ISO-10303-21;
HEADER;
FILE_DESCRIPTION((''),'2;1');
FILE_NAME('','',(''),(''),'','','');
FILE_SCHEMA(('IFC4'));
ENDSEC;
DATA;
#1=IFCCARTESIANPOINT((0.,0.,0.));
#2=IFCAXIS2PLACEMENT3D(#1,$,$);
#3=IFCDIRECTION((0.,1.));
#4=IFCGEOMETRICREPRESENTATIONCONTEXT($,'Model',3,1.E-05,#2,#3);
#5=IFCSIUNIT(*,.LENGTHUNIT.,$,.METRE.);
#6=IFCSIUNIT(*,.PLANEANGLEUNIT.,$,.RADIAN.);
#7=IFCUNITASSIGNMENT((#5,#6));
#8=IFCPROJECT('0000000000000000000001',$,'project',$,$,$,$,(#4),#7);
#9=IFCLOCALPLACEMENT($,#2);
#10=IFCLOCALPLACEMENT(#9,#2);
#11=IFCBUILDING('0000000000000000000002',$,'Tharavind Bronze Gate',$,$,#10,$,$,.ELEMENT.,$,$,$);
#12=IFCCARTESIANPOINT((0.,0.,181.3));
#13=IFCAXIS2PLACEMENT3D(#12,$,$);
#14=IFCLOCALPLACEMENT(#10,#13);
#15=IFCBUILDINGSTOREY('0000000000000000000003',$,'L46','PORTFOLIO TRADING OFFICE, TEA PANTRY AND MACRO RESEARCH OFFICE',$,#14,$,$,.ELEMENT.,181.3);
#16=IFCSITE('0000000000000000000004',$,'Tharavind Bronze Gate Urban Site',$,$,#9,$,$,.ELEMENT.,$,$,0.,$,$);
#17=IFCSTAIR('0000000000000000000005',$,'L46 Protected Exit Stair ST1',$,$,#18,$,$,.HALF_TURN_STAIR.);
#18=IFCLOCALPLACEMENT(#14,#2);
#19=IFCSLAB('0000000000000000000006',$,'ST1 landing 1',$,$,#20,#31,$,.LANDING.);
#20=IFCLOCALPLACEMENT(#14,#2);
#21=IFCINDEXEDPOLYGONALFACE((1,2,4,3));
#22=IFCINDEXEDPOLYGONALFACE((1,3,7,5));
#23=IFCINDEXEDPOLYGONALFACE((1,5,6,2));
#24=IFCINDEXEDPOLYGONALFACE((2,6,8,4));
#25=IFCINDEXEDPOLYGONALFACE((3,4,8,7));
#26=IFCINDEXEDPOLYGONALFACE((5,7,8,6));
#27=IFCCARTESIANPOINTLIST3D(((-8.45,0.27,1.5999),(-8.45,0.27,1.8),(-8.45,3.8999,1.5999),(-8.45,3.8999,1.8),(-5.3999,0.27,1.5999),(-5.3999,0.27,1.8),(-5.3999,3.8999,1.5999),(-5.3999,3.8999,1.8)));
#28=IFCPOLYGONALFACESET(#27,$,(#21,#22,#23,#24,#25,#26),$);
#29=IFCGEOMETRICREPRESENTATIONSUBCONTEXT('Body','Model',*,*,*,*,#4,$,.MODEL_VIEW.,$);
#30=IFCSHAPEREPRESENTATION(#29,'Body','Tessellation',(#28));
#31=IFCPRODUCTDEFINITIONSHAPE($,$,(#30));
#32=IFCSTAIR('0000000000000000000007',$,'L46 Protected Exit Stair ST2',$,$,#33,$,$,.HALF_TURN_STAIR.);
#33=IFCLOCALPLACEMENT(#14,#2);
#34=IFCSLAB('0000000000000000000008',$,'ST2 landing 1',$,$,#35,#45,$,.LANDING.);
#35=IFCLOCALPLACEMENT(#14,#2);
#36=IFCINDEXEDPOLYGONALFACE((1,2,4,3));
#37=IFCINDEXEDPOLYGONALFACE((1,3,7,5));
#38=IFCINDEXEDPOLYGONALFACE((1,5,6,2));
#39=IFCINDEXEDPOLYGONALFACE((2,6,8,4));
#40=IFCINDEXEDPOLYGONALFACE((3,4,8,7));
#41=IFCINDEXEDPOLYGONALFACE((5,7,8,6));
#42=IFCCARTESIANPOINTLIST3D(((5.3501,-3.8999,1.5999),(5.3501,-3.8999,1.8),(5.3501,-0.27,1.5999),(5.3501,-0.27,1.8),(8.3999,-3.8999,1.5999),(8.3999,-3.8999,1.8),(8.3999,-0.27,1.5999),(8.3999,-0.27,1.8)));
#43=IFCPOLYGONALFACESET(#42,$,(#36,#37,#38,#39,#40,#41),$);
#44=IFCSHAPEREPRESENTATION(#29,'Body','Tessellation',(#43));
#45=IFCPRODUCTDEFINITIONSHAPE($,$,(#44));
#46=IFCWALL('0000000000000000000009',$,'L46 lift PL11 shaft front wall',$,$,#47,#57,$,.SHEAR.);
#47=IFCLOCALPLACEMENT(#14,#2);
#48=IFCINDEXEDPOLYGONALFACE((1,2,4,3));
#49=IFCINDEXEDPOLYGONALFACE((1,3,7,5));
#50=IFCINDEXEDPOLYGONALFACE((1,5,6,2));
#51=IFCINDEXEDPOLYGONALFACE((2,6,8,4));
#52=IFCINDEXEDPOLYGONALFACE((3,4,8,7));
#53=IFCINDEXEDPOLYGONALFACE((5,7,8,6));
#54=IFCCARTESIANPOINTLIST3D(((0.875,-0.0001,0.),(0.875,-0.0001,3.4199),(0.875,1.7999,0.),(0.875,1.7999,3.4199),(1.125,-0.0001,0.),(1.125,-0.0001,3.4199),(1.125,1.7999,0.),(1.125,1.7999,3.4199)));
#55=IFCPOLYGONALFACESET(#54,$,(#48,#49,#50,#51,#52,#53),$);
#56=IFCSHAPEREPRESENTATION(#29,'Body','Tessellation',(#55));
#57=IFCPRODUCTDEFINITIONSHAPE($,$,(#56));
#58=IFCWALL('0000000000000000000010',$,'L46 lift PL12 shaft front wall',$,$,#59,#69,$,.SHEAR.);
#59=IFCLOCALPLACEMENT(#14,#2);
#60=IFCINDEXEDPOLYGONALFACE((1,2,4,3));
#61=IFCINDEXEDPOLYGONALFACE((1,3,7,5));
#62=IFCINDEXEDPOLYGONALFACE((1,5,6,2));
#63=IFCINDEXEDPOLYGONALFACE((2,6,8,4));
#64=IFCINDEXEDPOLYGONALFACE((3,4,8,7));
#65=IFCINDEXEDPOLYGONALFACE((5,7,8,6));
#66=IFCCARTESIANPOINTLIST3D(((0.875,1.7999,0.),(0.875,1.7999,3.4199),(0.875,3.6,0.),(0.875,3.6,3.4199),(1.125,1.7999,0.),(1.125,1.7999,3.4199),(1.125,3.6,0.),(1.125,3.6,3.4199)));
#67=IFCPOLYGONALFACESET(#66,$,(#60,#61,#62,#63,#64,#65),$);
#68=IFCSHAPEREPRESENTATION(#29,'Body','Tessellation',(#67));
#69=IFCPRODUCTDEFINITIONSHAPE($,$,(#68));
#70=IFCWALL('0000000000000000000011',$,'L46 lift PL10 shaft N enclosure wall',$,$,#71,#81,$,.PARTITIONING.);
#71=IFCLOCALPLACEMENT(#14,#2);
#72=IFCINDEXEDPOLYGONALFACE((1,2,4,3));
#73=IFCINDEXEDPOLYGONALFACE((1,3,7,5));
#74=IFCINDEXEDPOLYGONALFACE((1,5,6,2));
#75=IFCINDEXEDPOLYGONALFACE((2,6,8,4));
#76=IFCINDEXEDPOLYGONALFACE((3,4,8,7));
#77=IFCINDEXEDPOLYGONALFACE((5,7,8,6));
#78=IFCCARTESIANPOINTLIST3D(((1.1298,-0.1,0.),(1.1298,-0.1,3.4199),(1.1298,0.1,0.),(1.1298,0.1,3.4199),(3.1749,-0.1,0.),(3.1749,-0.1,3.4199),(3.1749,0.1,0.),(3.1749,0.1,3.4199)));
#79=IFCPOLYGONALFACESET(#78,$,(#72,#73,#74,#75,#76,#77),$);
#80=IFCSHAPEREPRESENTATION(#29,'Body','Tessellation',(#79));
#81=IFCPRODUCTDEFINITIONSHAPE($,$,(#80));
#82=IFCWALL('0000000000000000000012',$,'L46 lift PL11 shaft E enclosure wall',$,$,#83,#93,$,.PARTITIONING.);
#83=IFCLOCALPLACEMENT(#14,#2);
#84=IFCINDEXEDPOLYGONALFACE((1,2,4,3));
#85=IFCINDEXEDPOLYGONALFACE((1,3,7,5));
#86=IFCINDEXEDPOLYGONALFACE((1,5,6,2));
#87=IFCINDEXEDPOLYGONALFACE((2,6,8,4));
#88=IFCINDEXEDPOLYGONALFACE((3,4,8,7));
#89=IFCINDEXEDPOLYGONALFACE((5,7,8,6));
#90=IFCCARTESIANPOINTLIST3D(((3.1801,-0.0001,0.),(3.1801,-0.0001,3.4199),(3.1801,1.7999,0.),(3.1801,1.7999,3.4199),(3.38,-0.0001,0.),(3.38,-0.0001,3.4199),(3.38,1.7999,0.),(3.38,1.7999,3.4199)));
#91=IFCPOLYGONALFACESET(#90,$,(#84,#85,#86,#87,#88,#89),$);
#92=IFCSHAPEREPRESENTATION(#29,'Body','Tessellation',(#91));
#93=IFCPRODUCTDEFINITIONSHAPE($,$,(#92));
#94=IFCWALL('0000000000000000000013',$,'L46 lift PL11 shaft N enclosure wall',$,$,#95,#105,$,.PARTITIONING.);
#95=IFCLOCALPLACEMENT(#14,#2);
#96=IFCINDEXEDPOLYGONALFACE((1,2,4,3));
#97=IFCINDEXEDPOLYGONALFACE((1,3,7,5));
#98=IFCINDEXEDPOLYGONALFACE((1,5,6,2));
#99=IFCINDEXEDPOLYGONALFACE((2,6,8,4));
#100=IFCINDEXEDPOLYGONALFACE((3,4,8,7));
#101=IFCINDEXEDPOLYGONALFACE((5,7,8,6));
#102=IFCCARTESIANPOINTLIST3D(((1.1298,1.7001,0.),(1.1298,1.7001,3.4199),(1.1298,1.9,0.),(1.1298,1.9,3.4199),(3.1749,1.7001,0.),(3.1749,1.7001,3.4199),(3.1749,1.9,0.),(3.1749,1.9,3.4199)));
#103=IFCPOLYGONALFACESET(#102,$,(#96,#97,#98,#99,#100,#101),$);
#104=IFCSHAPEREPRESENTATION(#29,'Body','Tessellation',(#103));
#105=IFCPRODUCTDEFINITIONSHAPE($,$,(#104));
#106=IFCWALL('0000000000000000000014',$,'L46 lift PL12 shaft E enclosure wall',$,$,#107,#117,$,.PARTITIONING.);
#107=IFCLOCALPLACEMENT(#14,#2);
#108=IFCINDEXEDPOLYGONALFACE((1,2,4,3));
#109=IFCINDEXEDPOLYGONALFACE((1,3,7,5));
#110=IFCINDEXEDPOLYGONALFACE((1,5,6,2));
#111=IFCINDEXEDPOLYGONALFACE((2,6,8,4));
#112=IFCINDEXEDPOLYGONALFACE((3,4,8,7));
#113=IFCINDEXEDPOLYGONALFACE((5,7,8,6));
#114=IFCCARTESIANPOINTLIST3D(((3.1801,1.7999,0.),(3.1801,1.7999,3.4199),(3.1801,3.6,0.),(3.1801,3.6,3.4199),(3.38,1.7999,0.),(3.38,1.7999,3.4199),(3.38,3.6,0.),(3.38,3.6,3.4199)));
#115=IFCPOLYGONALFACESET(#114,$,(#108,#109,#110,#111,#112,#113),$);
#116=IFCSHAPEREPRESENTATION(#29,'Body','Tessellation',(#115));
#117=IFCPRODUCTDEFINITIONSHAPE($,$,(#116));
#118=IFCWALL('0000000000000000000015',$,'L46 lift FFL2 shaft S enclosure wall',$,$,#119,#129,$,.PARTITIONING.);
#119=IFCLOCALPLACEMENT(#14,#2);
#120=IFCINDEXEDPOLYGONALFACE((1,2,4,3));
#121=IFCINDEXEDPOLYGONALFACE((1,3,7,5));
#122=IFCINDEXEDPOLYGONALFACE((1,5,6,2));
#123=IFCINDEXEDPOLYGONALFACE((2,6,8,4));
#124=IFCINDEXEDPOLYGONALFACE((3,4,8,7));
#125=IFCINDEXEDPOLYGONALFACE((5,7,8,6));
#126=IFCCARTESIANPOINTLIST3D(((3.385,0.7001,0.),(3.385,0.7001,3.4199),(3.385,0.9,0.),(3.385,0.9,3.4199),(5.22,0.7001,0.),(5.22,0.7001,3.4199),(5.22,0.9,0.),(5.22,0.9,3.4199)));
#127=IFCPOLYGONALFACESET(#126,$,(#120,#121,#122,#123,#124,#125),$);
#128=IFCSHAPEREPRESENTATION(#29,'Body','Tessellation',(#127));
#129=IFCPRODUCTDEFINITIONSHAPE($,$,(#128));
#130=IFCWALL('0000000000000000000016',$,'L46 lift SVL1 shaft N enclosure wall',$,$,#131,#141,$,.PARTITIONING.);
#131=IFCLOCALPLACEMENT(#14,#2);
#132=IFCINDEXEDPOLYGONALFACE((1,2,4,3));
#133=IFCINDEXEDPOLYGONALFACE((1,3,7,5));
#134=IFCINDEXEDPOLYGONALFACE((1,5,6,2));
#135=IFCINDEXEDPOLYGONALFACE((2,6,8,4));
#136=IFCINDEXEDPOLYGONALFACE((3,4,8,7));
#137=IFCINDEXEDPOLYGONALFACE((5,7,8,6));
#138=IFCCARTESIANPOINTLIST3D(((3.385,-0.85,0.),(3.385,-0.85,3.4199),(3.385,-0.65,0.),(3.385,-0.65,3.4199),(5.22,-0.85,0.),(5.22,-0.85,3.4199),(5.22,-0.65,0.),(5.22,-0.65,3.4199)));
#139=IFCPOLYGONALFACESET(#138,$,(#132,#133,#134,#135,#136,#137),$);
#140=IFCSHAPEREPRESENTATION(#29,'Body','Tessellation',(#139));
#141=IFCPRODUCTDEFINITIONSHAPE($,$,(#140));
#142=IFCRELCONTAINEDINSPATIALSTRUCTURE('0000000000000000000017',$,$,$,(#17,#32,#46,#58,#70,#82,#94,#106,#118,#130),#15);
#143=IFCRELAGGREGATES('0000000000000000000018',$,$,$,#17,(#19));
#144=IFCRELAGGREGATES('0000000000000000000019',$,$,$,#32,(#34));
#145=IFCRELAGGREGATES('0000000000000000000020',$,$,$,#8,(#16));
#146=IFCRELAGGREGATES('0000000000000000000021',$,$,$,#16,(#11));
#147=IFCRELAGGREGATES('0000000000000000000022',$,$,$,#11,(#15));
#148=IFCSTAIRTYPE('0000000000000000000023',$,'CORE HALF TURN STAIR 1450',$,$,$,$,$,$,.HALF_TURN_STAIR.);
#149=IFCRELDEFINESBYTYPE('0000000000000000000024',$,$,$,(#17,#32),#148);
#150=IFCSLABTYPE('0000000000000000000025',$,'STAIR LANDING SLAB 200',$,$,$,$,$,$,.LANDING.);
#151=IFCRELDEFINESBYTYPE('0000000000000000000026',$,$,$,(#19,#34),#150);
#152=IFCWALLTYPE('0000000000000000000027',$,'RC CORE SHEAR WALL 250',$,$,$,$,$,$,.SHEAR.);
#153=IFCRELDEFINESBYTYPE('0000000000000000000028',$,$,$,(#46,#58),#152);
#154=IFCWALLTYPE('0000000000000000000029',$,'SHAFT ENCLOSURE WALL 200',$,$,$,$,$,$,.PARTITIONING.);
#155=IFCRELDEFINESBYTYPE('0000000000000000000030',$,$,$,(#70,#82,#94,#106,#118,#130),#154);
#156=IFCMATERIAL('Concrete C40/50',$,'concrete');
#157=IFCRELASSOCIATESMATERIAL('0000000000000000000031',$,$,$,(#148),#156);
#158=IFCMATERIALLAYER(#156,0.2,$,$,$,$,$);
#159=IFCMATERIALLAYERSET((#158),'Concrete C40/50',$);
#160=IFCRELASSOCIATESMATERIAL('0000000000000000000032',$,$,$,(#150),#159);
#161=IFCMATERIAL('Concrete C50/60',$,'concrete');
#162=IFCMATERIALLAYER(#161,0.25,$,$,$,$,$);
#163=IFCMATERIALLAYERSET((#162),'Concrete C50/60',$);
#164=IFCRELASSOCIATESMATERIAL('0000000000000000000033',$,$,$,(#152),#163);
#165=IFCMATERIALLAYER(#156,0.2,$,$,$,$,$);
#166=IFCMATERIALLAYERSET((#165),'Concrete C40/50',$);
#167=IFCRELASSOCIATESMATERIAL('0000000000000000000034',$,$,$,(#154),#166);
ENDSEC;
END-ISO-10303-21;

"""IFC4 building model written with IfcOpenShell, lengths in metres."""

from ifc_helpers import new_model, si_unit, direction, frame, frame_2d, origin, place, context, subcontext, project, spatial, polyline, rectangle, outline, extrude, material, layer, layer_set, type_object, element, aggregate, save


model = new_model("IFC4")

# Units and contexts
model_context = context("Model", 3, precision=1e-05, world=origin(), true_north=direction((0.0, 1.0)))
body_context = subcontext(model_context, "Body", "Model", "MODEL_VIEW")
ifc_project = project(units=[si_unit("LENGTHUNIT", "METRE"), si_unit("PLANEANGLEUNIT", "RADIAN")], contexts=[model_context])

# Site, building, storey
site_placement = place(None, origin())
site = spatial("IfcSite", under=ifc_project, at=site_placement, Name="Tharavind Bronze Gate Urban Site", CompositionType="ELEMENT", RefElevation=0.0)
building_placement = place(site_placement, origin())
building = spatial("IfcBuilding", under=site, at=building_placement, Name="Tharavind Bronze Gate", CompositionType="ELEMENT")
storey_placement = place(building_placement, frame((0.0, 0.0, 181.3)))
storey = spatial("IfcBuildingStorey", under=building, at=storey_placement, Name="L46", Description="PORTFOLIO TRADING OFFICE, TEA PANTRY AND MACRO RESEARCH OFFICE", CompositionType="ELEMENT", Elevation=181.3)

# Stairs, slabs
ifc_material_1 = material(Name="Concrete C40/50", Category="concrete")
stair_type = type_object("IfcStairType", Name="CORE HALF TURN STAIR 1450", PredefinedType="HALF_TURN_STAIR", material=ifc_material_1)
stair_1_placement = place(storey_placement, origin())
stair_1 = element("IfcStair", 1, at=stair_1_placement, inside=storey, type_object=stair_type, Name="L46 Protected Exit Stair ST1", PredefinedType="HALF_TURN_STAIR")
ifc_layer_1 = layer(ifc_material_1, 0.2)
ifc_layer_set_1 = layer_set([ifc_layer_1], Name="Concrete C40/50")
slab_type = type_object("IfcSlabType", Name="STAIR LANDING SLAB 200", PredefinedType="LANDING", material=ifc_layer_set_1)
slab_1_placement = place(storey_placement, frame((0.0, 0.0, 1.5999)))
slab_1 = element("IfcSlab", 2, at=slab_1_placement, type_object=slab_type, Name="ST1 landing 1", PredefinedType="LANDING", context=body_context, shape_type="SweptSolid", body=[
    extrude(outline(polyline([(-5.3999, 0.27), (-5.3999, 3.8999), (-8.45, 3.8999), (-8.45, 0.27), (-5.3999, 0.27)])), origin(), (0.0, 0.0, 1.0), 0.2002),
])
aggregate(stair_1, [slab_1])
stair_2_placement = place(storey_placement, origin())
stair_2 = element("IfcStair", 3, at=stair_2_placement, inside=storey, type_object=stair_type, Name="L46 Protected Exit Stair ST2", PredefinedType="HALF_TURN_STAIR")
slab_2_placement = place(storey_placement, frame((0.0, 0.0, 1.5999)))
slab_2 = element("IfcSlab", 4, at=slab_2_placement, type_object=slab_type, Name="ST2 landing 1", PredefinedType="LANDING", context=body_context, shape_type="SweptSolid", body=[
    extrude(outline(polyline([(5.3501, -0.27), (5.3501, -3.8999), (8.3999, -3.8999), (8.3999, -0.27), (5.3501, -0.27)])), origin(), (0.0, 0.0, 1.0), 0.2002),
])
aggregate(stair_2, [slab_2])

# Walls
ifc_material_2 = material(Name="Concrete C50/60", Category="concrete")
ifc_layer_2 = layer(ifc_material_2, 0.25)
ifc_layer_set_2 = layer_set([ifc_layer_2], Name="Concrete C50/60")
wall_type_1 = type_object("IfcWallType", Name="RC CORE SHEAR WALL 250", PredefinedType="SHEAR", material=ifc_layer_set_2)
for number, where, z_axis, x_axis, name in (
    (5, (1.0, 0.0, 0.0), (0.0, 0.0, 1.0), (0.0, 1.0, 0.0), "L46 lift PL11 shaft front wall"),
    (6, (1.0, 1.8, 0.0), (0.0, 0.0, 1.0), (0.0, 1.0, 0.0), "L46 lift PL12 shaft front wall"),
):
    element("IfcWall", number, at=place(storey_placement, frame(where, z_axis=z_axis, x_axis=x_axis)), inside=storey, type_object=wall_type_1, Name=name, PredefinedType="SHEAR", context=body_context, shape_type="SweptSolid", body=[
        extrude(rectangle(XDim=1.8, YDim=0.25, at=frame_2d((0.8999, 0.0))), origin(), (0.0, 0.0, 1.0), 3.4199),
    ])
ifc_layer_3 = layer(ifc_material_1, 0.2)
ifc_layer_set_3 = layer_set([ifc_layer_3], Name="Concrete C40/50")
wall_type_2 = type_object("IfcWallType", Name="SHAFT ENCLOSURE WALL 200", PredefinedType="PARTITIONING", material=ifc_layer_set_3)
wall_1_placement = place(storey_placement, frame((1.1299, 0.0, 0.0), z_axis=(0.0, 0.0, 1.0), x_axis=(1.0, 0.0, 0.0)))
element("IfcWall", 7, at=wall_1_placement, inside=storey, type_object=wall_type_2, Name="L46 lift PL10 shaft N enclosure wall", PredefinedType="PARTITIONING", context=body_context, shape_type="SweptSolid", body=[
    extrude(rectangle(XDim=2.0452, YDim=0.2, at=frame_2d((1.0225, 0.0))), origin(), (0.0, 0.0, 1.0), 3.4199),
])
wall_2_placement = place(storey_placement, frame((3.28, 0.0, 0.0), z_axis=(0.0, 0.0, 1.0), x_axis=(0.0, 1.0, 0.0)))
element("IfcWall", 8, at=wall_2_placement, inside=storey, type_object=wall_type_2, Name="L46 lift PL11 shaft E enclosure wall", PredefinedType="PARTITIONING", context=body_context, shape_type="SweptSolid", body=[
    extrude(rectangle(XDim=1.8, YDim=0.2, at=frame_2d((0.8999, 0.0))), origin(), (0.0, 0.0, 1.0), 3.4199),
])
wall_3_placement = place(storey_placement, frame((1.1299, 1.8, 0.0), z_axis=(0.0, 0.0, 1.0), x_axis=(1.0, 0.0, 0.0)))
element("IfcWall", 9, at=wall_3_placement, inside=storey, type_object=wall_type_2, Name="L46 lift PL11 shaft N enclosure wall", PredefinedType="PARTITIONING", context=body_context, shape_type="SweptSolid", body=[
    extrude(rectangle(XDim=2.0452, YDim=0.2, at=frame_2d((1.0225, 0.0))), origin(), (0.0, 0.0, 1.0), 3.4199),
])
wall_4_placement = place(storey_placement, frame((3.28, 1.8, 0.0), z_axis=(0.0, 0.0, 1.0), x_axis=(0.0, 1.0, 0.0)))
element("IfcWall", 10, at=wall_4_placement, inside=storey, type_object=wall_type_2, Name="L46 lift PL12 shaft E enclosure wall", PredefinedType="PARTITIONING", context=body_context, shape_type="SweptSolid", body=[
    extrude(rectangle(XDim=1.8, YDim=0.2, at=frame_2d((0.8999, 0.0))), origin(), (0.0, 0.0, 1.0), 3.4199),
])
for number, where, z_axis, x_axis, name in (
    (11, (3.385, 0.8, 0.0), (0.0, 0.0, 1.0), (1.0, 0.0, 0.0), "L46 lift FFL2 shaft S enclosure wall"),
    (12, (3.385, -0.75, 0.0), (0.0, 0.0, 1.0), (1.0, 0.0, 0.0), "L46 lift SVL1 shaft N enclosure wall"),
):
    element("IfcWall", number, at=place(storey_placement, frame(where, z_axis=z_axis, x_axis=x_axis)), inside=storey, type_object=wall_type_2, Name=name, PredefinedType="PARTITIONING", context=body_context, shape_type="SweptSolid", body=[
        extrude(rectangle(XDim=1.835, YDim=0.2, at=frame_2d((0.9175, 0.0))), origin(), (0.0, 0.0, 1.0), 3.4199),
    ])

save(model, "model.ifc")
